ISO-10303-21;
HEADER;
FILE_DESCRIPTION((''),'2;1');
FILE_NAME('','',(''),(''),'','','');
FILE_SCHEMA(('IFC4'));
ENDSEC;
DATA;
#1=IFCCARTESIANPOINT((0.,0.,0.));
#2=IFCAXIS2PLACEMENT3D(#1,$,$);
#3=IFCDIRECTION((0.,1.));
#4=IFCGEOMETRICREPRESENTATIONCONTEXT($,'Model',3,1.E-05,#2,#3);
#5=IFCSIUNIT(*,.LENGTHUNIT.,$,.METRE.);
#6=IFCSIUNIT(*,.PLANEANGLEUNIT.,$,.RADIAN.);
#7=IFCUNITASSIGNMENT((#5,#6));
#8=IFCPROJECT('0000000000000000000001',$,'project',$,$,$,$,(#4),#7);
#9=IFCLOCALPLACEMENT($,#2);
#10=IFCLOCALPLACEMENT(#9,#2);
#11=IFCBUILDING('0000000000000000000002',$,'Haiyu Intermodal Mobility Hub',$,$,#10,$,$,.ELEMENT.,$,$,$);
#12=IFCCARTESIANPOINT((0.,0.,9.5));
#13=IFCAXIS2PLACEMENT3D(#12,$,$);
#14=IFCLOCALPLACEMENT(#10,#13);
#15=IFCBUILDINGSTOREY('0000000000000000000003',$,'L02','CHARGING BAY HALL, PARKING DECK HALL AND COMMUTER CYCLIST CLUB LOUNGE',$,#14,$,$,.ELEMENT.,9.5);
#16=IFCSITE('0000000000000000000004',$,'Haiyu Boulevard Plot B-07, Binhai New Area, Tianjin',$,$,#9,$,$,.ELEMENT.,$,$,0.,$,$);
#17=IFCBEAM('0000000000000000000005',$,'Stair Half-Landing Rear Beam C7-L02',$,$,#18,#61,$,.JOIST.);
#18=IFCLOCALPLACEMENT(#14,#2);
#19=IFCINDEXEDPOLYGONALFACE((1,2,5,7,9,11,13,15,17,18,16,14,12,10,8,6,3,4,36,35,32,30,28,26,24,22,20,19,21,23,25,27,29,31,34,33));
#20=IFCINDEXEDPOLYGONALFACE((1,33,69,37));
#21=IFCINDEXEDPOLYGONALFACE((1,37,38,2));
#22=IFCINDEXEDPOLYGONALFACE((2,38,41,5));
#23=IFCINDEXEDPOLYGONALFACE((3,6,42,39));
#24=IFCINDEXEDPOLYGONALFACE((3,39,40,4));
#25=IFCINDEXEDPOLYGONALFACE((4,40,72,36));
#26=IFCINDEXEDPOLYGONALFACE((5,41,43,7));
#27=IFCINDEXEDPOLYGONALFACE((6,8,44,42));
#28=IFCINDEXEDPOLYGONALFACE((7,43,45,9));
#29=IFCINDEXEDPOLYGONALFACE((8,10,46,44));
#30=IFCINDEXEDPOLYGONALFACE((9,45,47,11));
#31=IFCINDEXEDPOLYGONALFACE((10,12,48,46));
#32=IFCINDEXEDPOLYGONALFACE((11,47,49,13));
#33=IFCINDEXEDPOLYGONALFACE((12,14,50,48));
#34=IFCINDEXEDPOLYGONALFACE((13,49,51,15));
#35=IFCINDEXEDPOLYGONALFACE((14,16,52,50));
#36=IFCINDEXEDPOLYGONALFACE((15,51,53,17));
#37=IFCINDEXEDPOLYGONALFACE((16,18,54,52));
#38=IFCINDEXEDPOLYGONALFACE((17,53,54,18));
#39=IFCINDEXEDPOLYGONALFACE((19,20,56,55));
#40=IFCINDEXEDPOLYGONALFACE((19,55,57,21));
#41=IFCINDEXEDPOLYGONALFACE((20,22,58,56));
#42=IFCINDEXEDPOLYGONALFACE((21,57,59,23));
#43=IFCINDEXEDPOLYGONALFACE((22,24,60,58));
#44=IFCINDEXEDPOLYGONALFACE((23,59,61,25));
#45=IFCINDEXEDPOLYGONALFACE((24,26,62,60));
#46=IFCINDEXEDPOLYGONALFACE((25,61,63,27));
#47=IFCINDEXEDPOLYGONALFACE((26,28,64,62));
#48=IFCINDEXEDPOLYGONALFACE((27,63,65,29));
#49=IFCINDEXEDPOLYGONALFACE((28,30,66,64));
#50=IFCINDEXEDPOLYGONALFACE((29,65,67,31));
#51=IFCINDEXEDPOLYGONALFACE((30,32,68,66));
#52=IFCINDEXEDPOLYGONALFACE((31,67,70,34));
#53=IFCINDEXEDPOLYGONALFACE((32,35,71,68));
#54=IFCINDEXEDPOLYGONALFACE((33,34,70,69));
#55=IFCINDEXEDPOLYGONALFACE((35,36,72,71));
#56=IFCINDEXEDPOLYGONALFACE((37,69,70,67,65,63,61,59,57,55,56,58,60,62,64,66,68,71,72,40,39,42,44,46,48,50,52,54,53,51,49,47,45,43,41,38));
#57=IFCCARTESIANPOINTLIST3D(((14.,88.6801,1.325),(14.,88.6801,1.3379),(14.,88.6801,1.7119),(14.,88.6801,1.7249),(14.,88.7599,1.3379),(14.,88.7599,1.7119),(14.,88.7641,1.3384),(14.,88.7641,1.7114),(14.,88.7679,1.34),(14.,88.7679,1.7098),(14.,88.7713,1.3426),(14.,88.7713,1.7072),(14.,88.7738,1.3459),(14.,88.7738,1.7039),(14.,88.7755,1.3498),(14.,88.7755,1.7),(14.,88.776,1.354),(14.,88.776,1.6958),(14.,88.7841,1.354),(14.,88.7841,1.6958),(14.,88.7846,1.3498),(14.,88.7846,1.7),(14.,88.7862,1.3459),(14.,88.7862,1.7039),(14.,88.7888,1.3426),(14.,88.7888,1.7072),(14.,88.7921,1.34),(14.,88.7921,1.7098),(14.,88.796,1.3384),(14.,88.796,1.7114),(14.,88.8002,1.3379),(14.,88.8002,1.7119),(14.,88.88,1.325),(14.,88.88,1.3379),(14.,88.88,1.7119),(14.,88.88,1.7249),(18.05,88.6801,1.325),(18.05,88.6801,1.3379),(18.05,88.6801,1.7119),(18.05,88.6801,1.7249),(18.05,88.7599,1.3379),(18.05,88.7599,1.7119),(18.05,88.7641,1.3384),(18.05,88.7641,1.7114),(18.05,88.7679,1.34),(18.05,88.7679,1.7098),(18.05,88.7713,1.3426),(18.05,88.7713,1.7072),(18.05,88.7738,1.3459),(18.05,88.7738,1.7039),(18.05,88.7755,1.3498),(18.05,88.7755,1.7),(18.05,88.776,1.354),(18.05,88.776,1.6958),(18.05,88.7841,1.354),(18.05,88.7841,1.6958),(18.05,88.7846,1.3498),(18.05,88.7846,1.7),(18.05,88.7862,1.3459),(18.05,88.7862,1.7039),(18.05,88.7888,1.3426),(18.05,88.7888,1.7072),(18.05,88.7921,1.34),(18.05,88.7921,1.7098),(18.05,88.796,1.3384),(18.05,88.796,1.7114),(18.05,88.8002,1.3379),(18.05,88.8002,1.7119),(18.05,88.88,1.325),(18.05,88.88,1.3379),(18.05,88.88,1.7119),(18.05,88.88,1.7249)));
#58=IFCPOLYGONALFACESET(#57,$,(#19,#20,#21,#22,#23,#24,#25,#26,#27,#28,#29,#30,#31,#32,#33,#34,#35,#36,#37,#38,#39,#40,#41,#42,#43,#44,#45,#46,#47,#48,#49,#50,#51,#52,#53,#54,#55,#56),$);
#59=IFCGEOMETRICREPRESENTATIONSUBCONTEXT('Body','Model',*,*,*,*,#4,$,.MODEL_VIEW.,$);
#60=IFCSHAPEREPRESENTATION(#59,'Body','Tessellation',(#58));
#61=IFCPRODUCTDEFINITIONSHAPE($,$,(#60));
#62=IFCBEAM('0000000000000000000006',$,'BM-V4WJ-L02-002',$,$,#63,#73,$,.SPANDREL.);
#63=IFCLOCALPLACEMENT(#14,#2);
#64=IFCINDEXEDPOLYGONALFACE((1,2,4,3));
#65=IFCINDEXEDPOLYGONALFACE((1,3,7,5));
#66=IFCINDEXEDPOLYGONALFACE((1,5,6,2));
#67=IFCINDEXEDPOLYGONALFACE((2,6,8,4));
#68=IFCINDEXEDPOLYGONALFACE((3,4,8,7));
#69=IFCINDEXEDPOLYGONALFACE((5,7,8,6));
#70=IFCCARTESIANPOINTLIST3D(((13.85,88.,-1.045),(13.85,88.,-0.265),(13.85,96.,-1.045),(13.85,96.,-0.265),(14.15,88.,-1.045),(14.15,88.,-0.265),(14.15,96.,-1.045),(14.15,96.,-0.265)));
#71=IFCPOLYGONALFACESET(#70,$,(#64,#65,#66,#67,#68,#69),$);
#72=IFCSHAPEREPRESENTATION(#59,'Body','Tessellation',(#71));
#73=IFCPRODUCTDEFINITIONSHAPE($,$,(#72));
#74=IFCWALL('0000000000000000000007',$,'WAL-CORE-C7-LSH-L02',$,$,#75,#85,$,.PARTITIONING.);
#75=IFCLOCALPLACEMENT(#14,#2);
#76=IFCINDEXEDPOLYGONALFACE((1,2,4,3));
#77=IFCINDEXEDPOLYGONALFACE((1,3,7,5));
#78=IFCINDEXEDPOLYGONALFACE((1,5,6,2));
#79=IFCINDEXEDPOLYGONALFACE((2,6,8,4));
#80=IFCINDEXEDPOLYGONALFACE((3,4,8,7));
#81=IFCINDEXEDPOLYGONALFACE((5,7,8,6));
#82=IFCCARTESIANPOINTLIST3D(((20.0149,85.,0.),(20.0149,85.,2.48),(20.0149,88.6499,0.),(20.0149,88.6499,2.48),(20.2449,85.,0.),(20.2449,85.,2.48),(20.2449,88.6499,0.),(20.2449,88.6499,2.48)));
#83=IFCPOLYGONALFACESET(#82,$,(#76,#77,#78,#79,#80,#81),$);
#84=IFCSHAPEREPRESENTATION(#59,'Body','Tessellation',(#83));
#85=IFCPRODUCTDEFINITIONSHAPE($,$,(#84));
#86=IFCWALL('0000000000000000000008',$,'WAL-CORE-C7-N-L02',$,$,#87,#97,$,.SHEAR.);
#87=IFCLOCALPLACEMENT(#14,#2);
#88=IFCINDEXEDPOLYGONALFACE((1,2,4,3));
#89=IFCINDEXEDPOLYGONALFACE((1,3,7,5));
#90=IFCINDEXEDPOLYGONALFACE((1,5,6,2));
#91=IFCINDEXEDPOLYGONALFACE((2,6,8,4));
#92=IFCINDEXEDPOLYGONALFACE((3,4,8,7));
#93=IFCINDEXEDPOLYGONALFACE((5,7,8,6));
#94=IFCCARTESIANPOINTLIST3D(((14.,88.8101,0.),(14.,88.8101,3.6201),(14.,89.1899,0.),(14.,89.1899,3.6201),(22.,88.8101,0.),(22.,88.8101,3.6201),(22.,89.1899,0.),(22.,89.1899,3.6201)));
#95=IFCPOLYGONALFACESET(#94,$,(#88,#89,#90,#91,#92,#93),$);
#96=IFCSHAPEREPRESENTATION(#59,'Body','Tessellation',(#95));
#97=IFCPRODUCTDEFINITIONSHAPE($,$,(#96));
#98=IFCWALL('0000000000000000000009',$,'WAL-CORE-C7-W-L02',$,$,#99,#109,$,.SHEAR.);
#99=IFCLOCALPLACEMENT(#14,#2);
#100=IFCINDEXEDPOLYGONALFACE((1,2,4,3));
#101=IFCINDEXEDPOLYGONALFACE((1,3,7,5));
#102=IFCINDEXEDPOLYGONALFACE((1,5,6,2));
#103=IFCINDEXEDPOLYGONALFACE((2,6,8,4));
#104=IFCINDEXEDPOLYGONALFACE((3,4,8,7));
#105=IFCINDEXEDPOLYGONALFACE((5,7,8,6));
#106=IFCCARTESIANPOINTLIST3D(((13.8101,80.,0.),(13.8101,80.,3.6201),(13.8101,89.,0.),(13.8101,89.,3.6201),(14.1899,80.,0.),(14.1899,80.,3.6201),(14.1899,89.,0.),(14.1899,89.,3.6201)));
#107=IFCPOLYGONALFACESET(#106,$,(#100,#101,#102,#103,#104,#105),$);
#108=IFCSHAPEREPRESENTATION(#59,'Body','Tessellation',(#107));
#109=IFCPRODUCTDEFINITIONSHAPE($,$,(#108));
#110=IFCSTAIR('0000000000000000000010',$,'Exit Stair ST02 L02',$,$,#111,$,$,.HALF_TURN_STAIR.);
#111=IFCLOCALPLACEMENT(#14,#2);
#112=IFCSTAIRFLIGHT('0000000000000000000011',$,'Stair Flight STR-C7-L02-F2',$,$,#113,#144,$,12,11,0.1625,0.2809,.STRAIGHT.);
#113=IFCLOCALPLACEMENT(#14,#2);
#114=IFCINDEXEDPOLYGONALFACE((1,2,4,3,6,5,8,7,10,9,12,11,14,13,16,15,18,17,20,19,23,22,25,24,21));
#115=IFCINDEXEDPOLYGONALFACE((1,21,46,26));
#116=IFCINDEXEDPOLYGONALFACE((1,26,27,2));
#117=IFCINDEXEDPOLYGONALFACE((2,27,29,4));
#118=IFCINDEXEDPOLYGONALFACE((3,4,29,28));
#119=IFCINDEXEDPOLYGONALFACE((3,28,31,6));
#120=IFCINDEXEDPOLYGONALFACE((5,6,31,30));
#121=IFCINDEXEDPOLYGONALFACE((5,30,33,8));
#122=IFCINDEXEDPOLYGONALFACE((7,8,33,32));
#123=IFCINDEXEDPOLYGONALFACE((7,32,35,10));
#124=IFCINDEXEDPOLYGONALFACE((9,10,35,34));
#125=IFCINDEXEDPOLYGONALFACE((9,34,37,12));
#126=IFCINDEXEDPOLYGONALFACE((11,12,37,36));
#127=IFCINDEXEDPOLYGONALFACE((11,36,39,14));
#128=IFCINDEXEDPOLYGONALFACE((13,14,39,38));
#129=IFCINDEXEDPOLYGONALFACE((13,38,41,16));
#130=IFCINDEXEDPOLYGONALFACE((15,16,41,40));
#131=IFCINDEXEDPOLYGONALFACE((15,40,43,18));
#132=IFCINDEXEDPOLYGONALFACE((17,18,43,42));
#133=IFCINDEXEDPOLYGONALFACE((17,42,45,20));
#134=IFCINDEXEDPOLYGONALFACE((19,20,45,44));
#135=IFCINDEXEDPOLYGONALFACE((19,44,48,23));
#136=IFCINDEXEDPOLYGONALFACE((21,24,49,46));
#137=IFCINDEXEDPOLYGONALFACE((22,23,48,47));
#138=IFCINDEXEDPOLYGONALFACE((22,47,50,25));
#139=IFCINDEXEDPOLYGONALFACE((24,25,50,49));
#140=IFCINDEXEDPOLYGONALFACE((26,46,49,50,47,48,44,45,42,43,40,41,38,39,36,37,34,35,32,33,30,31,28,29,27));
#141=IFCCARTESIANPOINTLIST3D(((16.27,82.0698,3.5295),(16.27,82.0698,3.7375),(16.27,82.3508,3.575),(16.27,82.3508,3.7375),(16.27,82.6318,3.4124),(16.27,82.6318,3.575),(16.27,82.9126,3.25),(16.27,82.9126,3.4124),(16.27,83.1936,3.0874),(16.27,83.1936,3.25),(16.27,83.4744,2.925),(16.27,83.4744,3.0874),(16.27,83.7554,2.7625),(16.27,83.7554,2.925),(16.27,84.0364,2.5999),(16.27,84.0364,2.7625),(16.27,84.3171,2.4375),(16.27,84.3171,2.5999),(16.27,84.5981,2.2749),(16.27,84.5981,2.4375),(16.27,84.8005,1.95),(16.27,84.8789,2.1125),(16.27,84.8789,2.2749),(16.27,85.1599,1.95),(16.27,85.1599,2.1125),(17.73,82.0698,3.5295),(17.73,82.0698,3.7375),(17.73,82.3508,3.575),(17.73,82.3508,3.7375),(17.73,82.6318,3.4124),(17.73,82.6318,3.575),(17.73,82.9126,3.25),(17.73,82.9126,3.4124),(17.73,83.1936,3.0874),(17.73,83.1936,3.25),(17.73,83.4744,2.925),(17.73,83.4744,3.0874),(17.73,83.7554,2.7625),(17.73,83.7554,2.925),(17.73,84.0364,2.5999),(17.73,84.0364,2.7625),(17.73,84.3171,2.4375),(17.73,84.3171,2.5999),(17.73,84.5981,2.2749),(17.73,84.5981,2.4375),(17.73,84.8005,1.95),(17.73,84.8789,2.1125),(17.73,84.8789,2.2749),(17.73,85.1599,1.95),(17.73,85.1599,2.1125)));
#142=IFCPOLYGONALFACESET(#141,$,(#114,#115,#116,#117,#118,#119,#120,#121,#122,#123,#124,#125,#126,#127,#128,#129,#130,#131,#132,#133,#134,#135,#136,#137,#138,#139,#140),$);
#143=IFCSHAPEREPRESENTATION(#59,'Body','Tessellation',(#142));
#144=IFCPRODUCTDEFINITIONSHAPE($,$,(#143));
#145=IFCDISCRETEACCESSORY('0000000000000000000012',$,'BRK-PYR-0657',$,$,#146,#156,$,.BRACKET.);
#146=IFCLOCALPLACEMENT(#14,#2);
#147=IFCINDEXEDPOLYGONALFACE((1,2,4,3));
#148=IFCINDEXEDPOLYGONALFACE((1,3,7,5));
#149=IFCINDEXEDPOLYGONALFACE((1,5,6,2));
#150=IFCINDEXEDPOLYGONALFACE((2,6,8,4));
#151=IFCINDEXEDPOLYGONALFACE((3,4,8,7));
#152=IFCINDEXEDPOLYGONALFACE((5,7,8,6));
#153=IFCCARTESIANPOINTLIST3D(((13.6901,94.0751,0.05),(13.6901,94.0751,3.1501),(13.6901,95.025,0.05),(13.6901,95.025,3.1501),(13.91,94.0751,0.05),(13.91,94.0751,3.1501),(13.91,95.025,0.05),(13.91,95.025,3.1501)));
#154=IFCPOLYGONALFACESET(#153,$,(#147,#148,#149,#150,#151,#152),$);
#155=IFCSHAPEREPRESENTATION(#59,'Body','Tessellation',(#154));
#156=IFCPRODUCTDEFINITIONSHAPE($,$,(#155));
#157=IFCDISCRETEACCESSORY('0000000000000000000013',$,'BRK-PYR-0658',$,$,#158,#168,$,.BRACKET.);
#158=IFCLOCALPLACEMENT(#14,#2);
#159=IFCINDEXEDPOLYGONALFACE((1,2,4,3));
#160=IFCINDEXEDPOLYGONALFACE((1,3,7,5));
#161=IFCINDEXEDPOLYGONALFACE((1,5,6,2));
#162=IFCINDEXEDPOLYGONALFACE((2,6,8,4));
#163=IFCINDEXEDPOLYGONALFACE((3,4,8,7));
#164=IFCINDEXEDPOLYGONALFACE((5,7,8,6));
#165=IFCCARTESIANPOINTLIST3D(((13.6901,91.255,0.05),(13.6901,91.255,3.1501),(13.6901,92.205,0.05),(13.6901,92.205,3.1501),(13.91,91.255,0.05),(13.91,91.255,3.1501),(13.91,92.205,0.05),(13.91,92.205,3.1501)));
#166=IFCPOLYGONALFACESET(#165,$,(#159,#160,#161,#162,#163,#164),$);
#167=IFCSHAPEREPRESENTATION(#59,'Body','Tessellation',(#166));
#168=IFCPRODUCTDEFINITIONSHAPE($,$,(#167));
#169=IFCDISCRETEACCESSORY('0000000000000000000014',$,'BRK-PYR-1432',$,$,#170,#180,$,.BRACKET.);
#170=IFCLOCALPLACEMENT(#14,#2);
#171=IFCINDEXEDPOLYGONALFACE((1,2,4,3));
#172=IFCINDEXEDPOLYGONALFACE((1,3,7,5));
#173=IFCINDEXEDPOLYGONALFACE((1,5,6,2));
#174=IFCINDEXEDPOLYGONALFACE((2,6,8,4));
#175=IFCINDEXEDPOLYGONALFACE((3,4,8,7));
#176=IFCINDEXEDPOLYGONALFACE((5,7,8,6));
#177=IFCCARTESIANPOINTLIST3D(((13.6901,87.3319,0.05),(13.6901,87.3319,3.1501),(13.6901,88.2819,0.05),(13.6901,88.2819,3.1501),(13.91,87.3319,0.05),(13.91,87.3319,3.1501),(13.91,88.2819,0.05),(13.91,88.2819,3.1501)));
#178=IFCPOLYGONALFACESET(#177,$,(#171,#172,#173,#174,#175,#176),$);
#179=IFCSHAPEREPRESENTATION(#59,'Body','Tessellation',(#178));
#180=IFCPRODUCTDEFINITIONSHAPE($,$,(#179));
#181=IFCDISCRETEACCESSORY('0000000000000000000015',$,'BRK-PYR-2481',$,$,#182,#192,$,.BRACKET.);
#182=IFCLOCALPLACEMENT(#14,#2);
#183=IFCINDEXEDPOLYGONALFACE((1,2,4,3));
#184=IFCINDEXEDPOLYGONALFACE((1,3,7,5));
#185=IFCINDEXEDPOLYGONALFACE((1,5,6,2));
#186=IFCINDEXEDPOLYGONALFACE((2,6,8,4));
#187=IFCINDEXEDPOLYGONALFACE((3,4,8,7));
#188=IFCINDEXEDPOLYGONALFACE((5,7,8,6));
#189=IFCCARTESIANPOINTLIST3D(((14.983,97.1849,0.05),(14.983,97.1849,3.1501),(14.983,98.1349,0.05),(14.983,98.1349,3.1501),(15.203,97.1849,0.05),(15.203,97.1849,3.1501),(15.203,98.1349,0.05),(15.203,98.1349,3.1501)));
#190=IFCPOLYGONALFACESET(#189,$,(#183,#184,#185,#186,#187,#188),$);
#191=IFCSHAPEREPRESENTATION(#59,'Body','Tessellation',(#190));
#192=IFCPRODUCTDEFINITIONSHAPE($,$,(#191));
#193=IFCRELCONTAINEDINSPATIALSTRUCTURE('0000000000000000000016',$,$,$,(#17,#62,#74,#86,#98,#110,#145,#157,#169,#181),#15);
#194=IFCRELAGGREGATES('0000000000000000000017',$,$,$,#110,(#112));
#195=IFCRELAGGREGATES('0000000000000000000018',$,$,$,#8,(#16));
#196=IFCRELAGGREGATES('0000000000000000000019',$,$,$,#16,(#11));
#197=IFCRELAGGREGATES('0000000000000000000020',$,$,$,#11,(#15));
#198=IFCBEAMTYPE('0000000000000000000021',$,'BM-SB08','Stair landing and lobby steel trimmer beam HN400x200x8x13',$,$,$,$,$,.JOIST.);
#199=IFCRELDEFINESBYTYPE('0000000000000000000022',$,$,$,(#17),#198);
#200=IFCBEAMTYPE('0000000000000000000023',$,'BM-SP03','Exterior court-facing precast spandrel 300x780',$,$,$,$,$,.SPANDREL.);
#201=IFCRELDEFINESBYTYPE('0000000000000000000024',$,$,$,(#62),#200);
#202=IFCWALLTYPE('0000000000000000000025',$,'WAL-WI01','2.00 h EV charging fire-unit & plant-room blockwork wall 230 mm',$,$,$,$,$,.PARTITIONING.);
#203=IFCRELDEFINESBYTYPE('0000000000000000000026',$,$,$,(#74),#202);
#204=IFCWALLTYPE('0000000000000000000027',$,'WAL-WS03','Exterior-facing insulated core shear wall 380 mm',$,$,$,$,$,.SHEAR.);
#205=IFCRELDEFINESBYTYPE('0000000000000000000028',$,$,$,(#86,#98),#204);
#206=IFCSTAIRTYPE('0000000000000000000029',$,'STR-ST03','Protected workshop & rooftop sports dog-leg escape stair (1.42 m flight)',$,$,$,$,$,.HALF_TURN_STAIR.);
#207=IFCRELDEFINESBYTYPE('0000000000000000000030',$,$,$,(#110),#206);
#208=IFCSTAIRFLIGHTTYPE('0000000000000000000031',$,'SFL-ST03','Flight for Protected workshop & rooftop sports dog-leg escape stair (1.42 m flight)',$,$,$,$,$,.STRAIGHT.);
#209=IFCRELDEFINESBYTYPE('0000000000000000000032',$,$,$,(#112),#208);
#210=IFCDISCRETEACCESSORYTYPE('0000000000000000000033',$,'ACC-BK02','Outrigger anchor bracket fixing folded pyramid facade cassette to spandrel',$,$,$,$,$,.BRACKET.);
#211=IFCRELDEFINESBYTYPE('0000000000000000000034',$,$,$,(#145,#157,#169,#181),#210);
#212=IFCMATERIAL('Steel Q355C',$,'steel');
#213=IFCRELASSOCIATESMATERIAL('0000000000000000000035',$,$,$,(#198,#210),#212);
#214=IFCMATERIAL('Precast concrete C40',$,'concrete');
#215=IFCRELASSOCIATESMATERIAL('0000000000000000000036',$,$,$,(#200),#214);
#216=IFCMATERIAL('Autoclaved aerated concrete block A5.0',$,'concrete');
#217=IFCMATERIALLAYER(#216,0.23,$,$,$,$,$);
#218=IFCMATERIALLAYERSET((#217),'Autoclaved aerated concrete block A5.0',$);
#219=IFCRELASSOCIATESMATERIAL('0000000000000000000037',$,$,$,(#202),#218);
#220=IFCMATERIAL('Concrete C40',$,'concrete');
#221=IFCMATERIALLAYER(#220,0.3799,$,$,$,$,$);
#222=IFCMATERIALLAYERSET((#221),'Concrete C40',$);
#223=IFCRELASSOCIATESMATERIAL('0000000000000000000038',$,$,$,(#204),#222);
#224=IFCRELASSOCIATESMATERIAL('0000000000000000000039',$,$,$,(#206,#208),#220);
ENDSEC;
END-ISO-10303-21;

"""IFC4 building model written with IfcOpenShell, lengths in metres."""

from ifc_helpers import new_model, si_unit, direction, frame, frame_2d, origin, origin_2d, place, context, subcontext, project, spatial, polyline, rectangle, i_section, outline, extrude, material, layer, layer_set, material_profile, profile_set, type_object, element, aggregate, save


model = new_model("IFC4")

# Units and contexts
model_context = context("Model", 3, precision=1e-05, world=origin(), true_north=direction((0.0, 1.0)))
body_context = subcontext(model_context, "Body", "Model", "MODEL_VIEW")
ifc_project = project(units=[si_unit("LENGTHUNIT", "METRE"), si_unit("PLANEANGLEUNIT", "RADIAN")], contexts=[model_context])

# Site, building, storey
site_placement = place(None, origin())
site = spatial("IfcSite", under=ifc_project, at=site_placement, Name="Haiyu Boulevard Plot B-07, Binhai New Area, Tianjin", CompositionType="ELEMENT", RefElevation=0.0)
building_placement = place(site_placement, origin())
building = spatial("IfcBuilding", under=site, at=building_placement, Name="Haiyu Intermodal Mobility Hub", CompositionType="ELEMENT")
storey_placement = place(building_placement, frame((0.0, 0.0, 9.5)))
storey = spatial("IfcBuildingStorey", under=building, at=storey_placement, Name="L02", Description="CHARGING BAY HALL, PARKING DECK HALL AND COMMUTER CYCLIST CLUB LOUNGE", CompositionType="ELEMENT", Elevation=9.5)

# Shared definitions
ifc_material_1 = material(Name="Precast concrete C40", Category="concrete")

# Beams
ifc_material_2 = material(Name="Concrete C40", Category="concrete")
ifc_material_3 = material(Name="Steel Q355C", Category="steel")
ifc_material_profile_1 = material_profile(ifc_material_3, i_section(OverallWidth=0.2, OverallDepth=0.3999, WebThickness=0.0081, FlangeThickness=0.0129, FilletRadius=0.0161, at=origin_2d()), Name="HN400x200x8x13")
ifc_profile_set_1 = profile_set([ifc_material_profile_1], Name="Steel Q355C")
beam_type_1 = type_object("IfcBeamType", Name="BM-SB08", Description="Stair landing and lobby steel trimmer beam HN400x200x8x13", PredefinedType="JOIST", material=ifc_profile_set_1)
for number, where, z_axis, x_axis, name in (
    (1, (14.0, 88.78, 1.5249), (1.0, 0.0, 0.0), (0.0, 1.0, 0.0), "Stair Half-Landing Rear Beam C7-L02"),
):
    element("IfcBeam", number, at=place(storey_placement, frame(where, z_axis=z_axis, x_axis=x_axis)), inside=storey, type_object=beam_type_1, Name=name, PredefinedType="JOIST", context=body_context, shape_type="SweptSolid", body=[
        extrude(i_section(OverallWidth=0.2, OverallDepth=0.3999, WebThickness=0.0081, FlangeThickness=0.0129, FilletRadius=0.0161, at=origin_2d()), origin(), (0.0, 0.0, 1.0), 4.05),
    ])
ifc_material_profile_2 = material_profile(ifc_material_1, rectangle(XDim=0.3, YDim=0.78, at=origin_2d()), Name="PC300x780")
ifc_profile_set_2 = profile_set([ifc_material_profile_2], Name="Precast concrete C40")
beam_type_2 = type_object("IfcBeamType", Name="BM-SP03", Description="Exterior court-facing precast spandrel 300x780", PredefinedType="SPANDREL", material=ifc_profile_set_2)
beam_placement = place(storey_placement, frame((14.0, 88.0, -0.655), z_axis=(0.0, 1.0, 0.0), x_axis=(-1.0, 0.0, 0.0)))
element("IfcBeam", 2, at=beam_placement, inside=storey, type_object=beam_type_2, Name="BM-V4WJ-L02-002", PredefinedType="SPANDREL", context=body_context, shape_type="SweptSolid", body=[
    extrude(rectangle(XDim=0.3, YDim=0.78, at=origin_2d()), origin(), (0.0, 0.0, 1.0), 8.0),
])

# Wall
ifc_material_4 = material(Name="Autoclaved aerated concrete block A5.0", Category="concrete")
ifc_layer_1 = layer(ifc_material_4, 0.23)
ifc_layer_set_1 = layer_set([ifc_layer_1], Name="Autoclaved aerated concrete block A5.0")
wall_type_1 = type_object("IfcWallType", Name="WAL-WI01", Description="2.00 h EV charging fire-unit & plant-room blockwork wall 230 mm", PredefinedType="PARTITIONING", material=ifc_layer_set_1)
wall_1_placement = place(storey_placement, frame((20.1299, 85.0, 0.0), z_axis=(0.0, 0.0, 1.0), x_axis=(0.0, 1.0, 0.0)))
element("IfcWall", 3, at=wall_1_placement, inside=storey, type_object=wall_type_1, Name="WAL-CORE-C7-LSH-L02", PredefinedType="PARTITIONING", context=body_context, shape_type="SweptSolid", body=[
    extrude(rectangle(XDim=3.6499, YDim=0.23, at=frame_2d((1.825, 0.0))), origin(), (0.0, 0.0, 1.0), 2.48),
])

# Walls
ifc_layer_2 = layer(ifc_material_2, 0.3799)
ifc_layer_set_2 = layer_set([ifc_layer_2], Name="Concrete C40")
wall_type_2 = type_object("IfcWallType", Name="WAL-WS03", Description="Exterior-facing insulated core shear wall 380 mm", PredefinedType="SHEAR", material=ifc_layer_set_2)
wall_2_placement = place(storey_placement, frame((22.0, 89.0, 0.0), z_axis=(0.0, 0.0, 1.0), x_axis=(-1.0, 0.0, 0.0)))
element("IfcWall", 4, at=wall_2_placement, inside=storey, type_object=wall_type_2, Name="WAL-CORE-C7-N-L02", PredefinedType="SHEAR", context=body_context, shape_type="SweptSolid", body=[
    extrude(rectangle(XDim=8.0, YDim=0.3799, at=frame_2d((4.0, 0.0))), origin(), (0.0, 0.0, 1.0), 3.6201),
])
wall_3_placement = place(storey_placement, frame((14.0, 89.0, 0.0), z_axis=(0.0, 0.0, 1.0), x_axis=(0.0, -1.0, 0.0)))
element("IfcWall", 5, at=wall_3_placement, inside=storey, type_object=wall_type_2, Name="WAL-CORE-C7-W-L02", PredefinedType="SHEAR", context=body_context, shape_type="SweptSolid", body=[
    extrude(rectangle(XDim=9.0, YDim=0.3799, at=frame_2d((4.5, 0.0))), origin(), (0.0, 0.0, 1.0), 3.6201),
])

# Stair, stair flight
stair_type = type_object("IfcStairType", Name="STR-ST03", Description="Protected workshop & rooftop sports dog-leg escape stair (1.42 m flight)", PredefinedType="HALF_TURN_STAIR", material=ifc_material_2)
stair_placement = place(storey_placement, origin())
stair = element("IfcStair", 6, at=stair_placement, inside=storey, type_object=stair_type, Name="Exit Stair ST02 L02", PredefinedType="HALF_TURN_STAIR")
stair_flight_type = type_object("IfcStairFlightType", Name="SFL-ST03", Description="Flight for Protected workshop & rooftop sports dog-leg escape stair (1.42 m flight)", PredefinedType="STRAIGHT", material=ifc_material_2)
stair_flight_placement = place(storey_placement, frame((17.0, 85.1599, 1.95), z_axis=(0.0, 0.0, 1.0), x_axis=(0.0, -1.0, 0.0)))
stair_flight = element("IfcStairFlight", 7, at=stair_flight_placement, type_object=stair_flight_type, Name="Stair Flight STR-C7-L02-F2", NumberOfRisers=12, NumberOfTreads=11, PredefinedType="STRAIGHT", RiserHeight=0.1625, TreadLength=0.2809, context=body_context, shape_type="SweptSolid", body=[
    extrude(outline(polyline([(0.0, 0.0), (0.0, 0.1626), (0.281, 0.1626), (0.281, 0.325), (0.5618, 0.325), (0.5618, 0.4875), (0.8428, 0.4875), (0.8428, 0.6499), (1.1235, 0.6499), (1.1235, 0.8125), (1.4045, 0.8125), (1.4045, 0.9751), (1.6855, 0.9751), (1.6855, 1.1375), (1.9663, 1.1375), (1.9663, 1.3), (2.2473, 1.3), (2.2473, 1.4624), (2.5281, 1.4624), (2.5281, 1.625), (2.8091, 1.625), (2.8091, 1.7876), (3.0901, 1.7876), (3.0901, 1.95), (3.0901, 1.5796), (0.3594, 0.0), (0.0, 0.0)])), frame((0.0, 0.73, 0.0), z_axis=(0.0, -1.0, 0.0), x_axis=(1.0, 0.0, 0.0)), (0.0, 0.0, 1.0), 1.46),
])
aggregate(stair, [stair_flight])

# Discrete accessories
discrete_accessory_type = type_object("IfcDiscreteAccessoryType", Name="ACC-BK02", Description="Outrigger anchor bracket fixing folded pyramid facade cassette to spandrel", PredefinedType="BRACKET", material=ifc_material_3)
for number, where, z_axis, x_axis, name in (
    (8, (13.8, 94.55, 0.05), (0.0, 0.0, 1.0), (1.0, 0.0, 0.0), "BRK-PYR-0657"),
    (9, (13.8, 91.73, 0.05), (0.0, 0.0, 1.0), (1.0, 0.0, 0.0), "BRK-PYR-0658"),
    (10, (13.8, 87.8069, 0.05), (0.0, 0.0, 1.0), (1.0, 0.0, 0.0), "BRK-PYR-1432"),
    (11, (15.093, 97.6599, 0.05), (0.0, 0.0, 1.0), (1.0, 0.0, 0.0), "BRK-PYR-2481"),
):
    element("IfcDiscreteAccessory", number, at=place(storey_placement, frame(where, z_axis=z_axis, x_axis=x_axis)), inside=storey, type_object=discrete_accessory_type, Name=name, PredefinedType="BRACKET", context=body_context, shape_type="SweptSolid", body=[
        extrude(rectangle(XDim=0.22, YDim=0.95, at=origin_2d()), origin(), (0.0, 0.0, 1.0), 3.1001),
    ])

save(model, "model.ifc")
